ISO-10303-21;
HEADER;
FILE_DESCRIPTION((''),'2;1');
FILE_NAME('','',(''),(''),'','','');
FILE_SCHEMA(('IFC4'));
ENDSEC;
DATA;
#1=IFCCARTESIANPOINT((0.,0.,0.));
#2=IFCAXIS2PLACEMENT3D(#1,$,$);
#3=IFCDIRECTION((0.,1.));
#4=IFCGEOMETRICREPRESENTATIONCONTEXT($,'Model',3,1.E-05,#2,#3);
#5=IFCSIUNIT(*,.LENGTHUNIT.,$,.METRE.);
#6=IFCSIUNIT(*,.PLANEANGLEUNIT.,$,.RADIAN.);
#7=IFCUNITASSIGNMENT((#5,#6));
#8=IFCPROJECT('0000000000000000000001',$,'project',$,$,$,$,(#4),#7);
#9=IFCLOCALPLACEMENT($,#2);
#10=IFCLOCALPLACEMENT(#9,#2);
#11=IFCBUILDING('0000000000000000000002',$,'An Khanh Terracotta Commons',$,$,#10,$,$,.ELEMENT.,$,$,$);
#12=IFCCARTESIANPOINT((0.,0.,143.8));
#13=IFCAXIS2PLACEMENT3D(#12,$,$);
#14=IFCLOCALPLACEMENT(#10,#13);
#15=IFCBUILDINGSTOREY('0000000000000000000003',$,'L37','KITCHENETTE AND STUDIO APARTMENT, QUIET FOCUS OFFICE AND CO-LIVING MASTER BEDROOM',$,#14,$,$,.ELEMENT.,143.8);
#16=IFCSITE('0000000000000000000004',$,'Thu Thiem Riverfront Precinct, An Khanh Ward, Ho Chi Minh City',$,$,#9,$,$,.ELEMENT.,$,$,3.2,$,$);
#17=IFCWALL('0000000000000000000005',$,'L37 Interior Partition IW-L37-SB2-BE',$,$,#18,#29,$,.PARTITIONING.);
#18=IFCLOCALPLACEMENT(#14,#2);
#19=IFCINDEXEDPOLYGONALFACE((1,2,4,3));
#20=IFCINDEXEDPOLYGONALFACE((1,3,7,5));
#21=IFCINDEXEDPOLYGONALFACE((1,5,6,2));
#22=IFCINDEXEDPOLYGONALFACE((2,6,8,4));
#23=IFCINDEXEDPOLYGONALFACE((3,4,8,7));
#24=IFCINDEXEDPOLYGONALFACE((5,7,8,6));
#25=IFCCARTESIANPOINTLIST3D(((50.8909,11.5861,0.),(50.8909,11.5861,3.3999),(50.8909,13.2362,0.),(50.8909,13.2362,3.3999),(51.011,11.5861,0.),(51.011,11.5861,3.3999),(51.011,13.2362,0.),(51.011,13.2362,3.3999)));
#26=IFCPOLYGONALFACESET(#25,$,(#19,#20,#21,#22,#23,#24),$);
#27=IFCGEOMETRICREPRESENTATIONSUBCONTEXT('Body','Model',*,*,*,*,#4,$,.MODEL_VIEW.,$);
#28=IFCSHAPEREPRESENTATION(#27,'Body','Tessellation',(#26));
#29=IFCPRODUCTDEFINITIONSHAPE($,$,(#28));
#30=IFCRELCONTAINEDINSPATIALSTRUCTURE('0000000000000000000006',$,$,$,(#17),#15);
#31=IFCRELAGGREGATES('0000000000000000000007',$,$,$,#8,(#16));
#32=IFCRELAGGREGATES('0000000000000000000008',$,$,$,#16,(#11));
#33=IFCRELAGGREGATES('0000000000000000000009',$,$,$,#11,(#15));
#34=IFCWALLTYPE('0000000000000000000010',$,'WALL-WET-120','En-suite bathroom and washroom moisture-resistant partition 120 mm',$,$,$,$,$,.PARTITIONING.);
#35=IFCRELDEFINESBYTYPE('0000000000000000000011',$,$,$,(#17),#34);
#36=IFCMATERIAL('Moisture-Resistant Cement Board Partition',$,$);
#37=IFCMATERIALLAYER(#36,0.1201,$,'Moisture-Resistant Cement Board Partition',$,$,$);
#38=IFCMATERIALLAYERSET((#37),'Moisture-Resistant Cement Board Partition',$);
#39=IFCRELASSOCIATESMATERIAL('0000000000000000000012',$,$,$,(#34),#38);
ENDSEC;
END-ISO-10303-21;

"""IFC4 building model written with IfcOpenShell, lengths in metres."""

from ifc_helpers import new_model, si_unit, direction, frame, frame_2d, origin, place, context, subcontext, project, spatial, rectangle, extrude, material, layer, layer_set, type_object, element, save


model = new_model("IFC4")

# Units and contexts
model_context = context("Model", 3, precision=1e-05, world=origin(), true_north=direction((0.0, 1.0)))
body_context = subcontext(model_context, "Body", "Model", "MODEL_VIEW")
ifc_project = project(units=[si_unit("LENGTHUNIT", "METRE"), si_unit("PLANEANGLEUNIT", "RADIAN")], contexts=[model_context])

# Site, building, storey
site_placement = place(None, origin())
site = spatial("IfcSite", under=ifc_project, at=site_placement, Name="Thu Thiem Riverfront Precinct, An Khanh Ward, Ho Chi Minh City", CompositionType="ELEMENT", RefElevation=3.2)
building_placement = place(site_placement, origin())
building = spatial("IfcBuilding", under=site, at=building_placement, Name="An Khanh Terracotta Commons", CompositionType="ELEMENT")
storey_placement = place(building_placement, frame((0.0, 0.0, 143.8)))
storey = spatial("IfcBuildingStorey", under=building, at=storey_placement, Name="L37", Description="KITCHENETTE AND STUDIO APARTMENT, QUIET FOCUS OFFICE AND CO-LIVING MASTER BEDROOM", CompositionType="ELEMENT", Elevation=143.8)

# Shared definitions
ifc_material_1 = material(Name="Moisture-Resistant Cement Board Partition")
ifc_layer_1 = layer(ifc_material_1, 0.1201, Name="Moisture-Resistant Cement Board Partition")
ifc_layer_set_1 = layer_set([ifc_layer_1], Name="Moisture-Resistant Cement Board Partition")
wall_type_1 = type_object("IfcWallType", Name="WALL-WET-120", Description="En-suite bathroom and washroom moisture-resistant partition 120 mm", PredefinedType="PARTITIONING", material=ifc_layer_set_1)

# Wall
for number, where, z_axis, x_axis, name in (
    (1, (50.9509, 11.5859, 0.0), (0.0, 0.0, 1.0), (0.0, 1.0, 0.0), "L37 Interior Partition IW-L37-SB2-BE"),
):
    element("IfcWall", number, at=place(storey_placement, frame(where, z_axis=z_axis, x_axis=x_axis)), inside=storey, type_object=wall_type_1, Name=name, PredefinedType="PARTITIONING", context=body_context, shape_type="SweptSolid", body=[
        extrude(rectangle(XDim=1.6501, YDim=0.1201, at=frame_2d((0.8252, 0.0))), origin(), (0.0, 0.0, 1.0), 3.3999),
    ])

save(model, "model.ifc")
